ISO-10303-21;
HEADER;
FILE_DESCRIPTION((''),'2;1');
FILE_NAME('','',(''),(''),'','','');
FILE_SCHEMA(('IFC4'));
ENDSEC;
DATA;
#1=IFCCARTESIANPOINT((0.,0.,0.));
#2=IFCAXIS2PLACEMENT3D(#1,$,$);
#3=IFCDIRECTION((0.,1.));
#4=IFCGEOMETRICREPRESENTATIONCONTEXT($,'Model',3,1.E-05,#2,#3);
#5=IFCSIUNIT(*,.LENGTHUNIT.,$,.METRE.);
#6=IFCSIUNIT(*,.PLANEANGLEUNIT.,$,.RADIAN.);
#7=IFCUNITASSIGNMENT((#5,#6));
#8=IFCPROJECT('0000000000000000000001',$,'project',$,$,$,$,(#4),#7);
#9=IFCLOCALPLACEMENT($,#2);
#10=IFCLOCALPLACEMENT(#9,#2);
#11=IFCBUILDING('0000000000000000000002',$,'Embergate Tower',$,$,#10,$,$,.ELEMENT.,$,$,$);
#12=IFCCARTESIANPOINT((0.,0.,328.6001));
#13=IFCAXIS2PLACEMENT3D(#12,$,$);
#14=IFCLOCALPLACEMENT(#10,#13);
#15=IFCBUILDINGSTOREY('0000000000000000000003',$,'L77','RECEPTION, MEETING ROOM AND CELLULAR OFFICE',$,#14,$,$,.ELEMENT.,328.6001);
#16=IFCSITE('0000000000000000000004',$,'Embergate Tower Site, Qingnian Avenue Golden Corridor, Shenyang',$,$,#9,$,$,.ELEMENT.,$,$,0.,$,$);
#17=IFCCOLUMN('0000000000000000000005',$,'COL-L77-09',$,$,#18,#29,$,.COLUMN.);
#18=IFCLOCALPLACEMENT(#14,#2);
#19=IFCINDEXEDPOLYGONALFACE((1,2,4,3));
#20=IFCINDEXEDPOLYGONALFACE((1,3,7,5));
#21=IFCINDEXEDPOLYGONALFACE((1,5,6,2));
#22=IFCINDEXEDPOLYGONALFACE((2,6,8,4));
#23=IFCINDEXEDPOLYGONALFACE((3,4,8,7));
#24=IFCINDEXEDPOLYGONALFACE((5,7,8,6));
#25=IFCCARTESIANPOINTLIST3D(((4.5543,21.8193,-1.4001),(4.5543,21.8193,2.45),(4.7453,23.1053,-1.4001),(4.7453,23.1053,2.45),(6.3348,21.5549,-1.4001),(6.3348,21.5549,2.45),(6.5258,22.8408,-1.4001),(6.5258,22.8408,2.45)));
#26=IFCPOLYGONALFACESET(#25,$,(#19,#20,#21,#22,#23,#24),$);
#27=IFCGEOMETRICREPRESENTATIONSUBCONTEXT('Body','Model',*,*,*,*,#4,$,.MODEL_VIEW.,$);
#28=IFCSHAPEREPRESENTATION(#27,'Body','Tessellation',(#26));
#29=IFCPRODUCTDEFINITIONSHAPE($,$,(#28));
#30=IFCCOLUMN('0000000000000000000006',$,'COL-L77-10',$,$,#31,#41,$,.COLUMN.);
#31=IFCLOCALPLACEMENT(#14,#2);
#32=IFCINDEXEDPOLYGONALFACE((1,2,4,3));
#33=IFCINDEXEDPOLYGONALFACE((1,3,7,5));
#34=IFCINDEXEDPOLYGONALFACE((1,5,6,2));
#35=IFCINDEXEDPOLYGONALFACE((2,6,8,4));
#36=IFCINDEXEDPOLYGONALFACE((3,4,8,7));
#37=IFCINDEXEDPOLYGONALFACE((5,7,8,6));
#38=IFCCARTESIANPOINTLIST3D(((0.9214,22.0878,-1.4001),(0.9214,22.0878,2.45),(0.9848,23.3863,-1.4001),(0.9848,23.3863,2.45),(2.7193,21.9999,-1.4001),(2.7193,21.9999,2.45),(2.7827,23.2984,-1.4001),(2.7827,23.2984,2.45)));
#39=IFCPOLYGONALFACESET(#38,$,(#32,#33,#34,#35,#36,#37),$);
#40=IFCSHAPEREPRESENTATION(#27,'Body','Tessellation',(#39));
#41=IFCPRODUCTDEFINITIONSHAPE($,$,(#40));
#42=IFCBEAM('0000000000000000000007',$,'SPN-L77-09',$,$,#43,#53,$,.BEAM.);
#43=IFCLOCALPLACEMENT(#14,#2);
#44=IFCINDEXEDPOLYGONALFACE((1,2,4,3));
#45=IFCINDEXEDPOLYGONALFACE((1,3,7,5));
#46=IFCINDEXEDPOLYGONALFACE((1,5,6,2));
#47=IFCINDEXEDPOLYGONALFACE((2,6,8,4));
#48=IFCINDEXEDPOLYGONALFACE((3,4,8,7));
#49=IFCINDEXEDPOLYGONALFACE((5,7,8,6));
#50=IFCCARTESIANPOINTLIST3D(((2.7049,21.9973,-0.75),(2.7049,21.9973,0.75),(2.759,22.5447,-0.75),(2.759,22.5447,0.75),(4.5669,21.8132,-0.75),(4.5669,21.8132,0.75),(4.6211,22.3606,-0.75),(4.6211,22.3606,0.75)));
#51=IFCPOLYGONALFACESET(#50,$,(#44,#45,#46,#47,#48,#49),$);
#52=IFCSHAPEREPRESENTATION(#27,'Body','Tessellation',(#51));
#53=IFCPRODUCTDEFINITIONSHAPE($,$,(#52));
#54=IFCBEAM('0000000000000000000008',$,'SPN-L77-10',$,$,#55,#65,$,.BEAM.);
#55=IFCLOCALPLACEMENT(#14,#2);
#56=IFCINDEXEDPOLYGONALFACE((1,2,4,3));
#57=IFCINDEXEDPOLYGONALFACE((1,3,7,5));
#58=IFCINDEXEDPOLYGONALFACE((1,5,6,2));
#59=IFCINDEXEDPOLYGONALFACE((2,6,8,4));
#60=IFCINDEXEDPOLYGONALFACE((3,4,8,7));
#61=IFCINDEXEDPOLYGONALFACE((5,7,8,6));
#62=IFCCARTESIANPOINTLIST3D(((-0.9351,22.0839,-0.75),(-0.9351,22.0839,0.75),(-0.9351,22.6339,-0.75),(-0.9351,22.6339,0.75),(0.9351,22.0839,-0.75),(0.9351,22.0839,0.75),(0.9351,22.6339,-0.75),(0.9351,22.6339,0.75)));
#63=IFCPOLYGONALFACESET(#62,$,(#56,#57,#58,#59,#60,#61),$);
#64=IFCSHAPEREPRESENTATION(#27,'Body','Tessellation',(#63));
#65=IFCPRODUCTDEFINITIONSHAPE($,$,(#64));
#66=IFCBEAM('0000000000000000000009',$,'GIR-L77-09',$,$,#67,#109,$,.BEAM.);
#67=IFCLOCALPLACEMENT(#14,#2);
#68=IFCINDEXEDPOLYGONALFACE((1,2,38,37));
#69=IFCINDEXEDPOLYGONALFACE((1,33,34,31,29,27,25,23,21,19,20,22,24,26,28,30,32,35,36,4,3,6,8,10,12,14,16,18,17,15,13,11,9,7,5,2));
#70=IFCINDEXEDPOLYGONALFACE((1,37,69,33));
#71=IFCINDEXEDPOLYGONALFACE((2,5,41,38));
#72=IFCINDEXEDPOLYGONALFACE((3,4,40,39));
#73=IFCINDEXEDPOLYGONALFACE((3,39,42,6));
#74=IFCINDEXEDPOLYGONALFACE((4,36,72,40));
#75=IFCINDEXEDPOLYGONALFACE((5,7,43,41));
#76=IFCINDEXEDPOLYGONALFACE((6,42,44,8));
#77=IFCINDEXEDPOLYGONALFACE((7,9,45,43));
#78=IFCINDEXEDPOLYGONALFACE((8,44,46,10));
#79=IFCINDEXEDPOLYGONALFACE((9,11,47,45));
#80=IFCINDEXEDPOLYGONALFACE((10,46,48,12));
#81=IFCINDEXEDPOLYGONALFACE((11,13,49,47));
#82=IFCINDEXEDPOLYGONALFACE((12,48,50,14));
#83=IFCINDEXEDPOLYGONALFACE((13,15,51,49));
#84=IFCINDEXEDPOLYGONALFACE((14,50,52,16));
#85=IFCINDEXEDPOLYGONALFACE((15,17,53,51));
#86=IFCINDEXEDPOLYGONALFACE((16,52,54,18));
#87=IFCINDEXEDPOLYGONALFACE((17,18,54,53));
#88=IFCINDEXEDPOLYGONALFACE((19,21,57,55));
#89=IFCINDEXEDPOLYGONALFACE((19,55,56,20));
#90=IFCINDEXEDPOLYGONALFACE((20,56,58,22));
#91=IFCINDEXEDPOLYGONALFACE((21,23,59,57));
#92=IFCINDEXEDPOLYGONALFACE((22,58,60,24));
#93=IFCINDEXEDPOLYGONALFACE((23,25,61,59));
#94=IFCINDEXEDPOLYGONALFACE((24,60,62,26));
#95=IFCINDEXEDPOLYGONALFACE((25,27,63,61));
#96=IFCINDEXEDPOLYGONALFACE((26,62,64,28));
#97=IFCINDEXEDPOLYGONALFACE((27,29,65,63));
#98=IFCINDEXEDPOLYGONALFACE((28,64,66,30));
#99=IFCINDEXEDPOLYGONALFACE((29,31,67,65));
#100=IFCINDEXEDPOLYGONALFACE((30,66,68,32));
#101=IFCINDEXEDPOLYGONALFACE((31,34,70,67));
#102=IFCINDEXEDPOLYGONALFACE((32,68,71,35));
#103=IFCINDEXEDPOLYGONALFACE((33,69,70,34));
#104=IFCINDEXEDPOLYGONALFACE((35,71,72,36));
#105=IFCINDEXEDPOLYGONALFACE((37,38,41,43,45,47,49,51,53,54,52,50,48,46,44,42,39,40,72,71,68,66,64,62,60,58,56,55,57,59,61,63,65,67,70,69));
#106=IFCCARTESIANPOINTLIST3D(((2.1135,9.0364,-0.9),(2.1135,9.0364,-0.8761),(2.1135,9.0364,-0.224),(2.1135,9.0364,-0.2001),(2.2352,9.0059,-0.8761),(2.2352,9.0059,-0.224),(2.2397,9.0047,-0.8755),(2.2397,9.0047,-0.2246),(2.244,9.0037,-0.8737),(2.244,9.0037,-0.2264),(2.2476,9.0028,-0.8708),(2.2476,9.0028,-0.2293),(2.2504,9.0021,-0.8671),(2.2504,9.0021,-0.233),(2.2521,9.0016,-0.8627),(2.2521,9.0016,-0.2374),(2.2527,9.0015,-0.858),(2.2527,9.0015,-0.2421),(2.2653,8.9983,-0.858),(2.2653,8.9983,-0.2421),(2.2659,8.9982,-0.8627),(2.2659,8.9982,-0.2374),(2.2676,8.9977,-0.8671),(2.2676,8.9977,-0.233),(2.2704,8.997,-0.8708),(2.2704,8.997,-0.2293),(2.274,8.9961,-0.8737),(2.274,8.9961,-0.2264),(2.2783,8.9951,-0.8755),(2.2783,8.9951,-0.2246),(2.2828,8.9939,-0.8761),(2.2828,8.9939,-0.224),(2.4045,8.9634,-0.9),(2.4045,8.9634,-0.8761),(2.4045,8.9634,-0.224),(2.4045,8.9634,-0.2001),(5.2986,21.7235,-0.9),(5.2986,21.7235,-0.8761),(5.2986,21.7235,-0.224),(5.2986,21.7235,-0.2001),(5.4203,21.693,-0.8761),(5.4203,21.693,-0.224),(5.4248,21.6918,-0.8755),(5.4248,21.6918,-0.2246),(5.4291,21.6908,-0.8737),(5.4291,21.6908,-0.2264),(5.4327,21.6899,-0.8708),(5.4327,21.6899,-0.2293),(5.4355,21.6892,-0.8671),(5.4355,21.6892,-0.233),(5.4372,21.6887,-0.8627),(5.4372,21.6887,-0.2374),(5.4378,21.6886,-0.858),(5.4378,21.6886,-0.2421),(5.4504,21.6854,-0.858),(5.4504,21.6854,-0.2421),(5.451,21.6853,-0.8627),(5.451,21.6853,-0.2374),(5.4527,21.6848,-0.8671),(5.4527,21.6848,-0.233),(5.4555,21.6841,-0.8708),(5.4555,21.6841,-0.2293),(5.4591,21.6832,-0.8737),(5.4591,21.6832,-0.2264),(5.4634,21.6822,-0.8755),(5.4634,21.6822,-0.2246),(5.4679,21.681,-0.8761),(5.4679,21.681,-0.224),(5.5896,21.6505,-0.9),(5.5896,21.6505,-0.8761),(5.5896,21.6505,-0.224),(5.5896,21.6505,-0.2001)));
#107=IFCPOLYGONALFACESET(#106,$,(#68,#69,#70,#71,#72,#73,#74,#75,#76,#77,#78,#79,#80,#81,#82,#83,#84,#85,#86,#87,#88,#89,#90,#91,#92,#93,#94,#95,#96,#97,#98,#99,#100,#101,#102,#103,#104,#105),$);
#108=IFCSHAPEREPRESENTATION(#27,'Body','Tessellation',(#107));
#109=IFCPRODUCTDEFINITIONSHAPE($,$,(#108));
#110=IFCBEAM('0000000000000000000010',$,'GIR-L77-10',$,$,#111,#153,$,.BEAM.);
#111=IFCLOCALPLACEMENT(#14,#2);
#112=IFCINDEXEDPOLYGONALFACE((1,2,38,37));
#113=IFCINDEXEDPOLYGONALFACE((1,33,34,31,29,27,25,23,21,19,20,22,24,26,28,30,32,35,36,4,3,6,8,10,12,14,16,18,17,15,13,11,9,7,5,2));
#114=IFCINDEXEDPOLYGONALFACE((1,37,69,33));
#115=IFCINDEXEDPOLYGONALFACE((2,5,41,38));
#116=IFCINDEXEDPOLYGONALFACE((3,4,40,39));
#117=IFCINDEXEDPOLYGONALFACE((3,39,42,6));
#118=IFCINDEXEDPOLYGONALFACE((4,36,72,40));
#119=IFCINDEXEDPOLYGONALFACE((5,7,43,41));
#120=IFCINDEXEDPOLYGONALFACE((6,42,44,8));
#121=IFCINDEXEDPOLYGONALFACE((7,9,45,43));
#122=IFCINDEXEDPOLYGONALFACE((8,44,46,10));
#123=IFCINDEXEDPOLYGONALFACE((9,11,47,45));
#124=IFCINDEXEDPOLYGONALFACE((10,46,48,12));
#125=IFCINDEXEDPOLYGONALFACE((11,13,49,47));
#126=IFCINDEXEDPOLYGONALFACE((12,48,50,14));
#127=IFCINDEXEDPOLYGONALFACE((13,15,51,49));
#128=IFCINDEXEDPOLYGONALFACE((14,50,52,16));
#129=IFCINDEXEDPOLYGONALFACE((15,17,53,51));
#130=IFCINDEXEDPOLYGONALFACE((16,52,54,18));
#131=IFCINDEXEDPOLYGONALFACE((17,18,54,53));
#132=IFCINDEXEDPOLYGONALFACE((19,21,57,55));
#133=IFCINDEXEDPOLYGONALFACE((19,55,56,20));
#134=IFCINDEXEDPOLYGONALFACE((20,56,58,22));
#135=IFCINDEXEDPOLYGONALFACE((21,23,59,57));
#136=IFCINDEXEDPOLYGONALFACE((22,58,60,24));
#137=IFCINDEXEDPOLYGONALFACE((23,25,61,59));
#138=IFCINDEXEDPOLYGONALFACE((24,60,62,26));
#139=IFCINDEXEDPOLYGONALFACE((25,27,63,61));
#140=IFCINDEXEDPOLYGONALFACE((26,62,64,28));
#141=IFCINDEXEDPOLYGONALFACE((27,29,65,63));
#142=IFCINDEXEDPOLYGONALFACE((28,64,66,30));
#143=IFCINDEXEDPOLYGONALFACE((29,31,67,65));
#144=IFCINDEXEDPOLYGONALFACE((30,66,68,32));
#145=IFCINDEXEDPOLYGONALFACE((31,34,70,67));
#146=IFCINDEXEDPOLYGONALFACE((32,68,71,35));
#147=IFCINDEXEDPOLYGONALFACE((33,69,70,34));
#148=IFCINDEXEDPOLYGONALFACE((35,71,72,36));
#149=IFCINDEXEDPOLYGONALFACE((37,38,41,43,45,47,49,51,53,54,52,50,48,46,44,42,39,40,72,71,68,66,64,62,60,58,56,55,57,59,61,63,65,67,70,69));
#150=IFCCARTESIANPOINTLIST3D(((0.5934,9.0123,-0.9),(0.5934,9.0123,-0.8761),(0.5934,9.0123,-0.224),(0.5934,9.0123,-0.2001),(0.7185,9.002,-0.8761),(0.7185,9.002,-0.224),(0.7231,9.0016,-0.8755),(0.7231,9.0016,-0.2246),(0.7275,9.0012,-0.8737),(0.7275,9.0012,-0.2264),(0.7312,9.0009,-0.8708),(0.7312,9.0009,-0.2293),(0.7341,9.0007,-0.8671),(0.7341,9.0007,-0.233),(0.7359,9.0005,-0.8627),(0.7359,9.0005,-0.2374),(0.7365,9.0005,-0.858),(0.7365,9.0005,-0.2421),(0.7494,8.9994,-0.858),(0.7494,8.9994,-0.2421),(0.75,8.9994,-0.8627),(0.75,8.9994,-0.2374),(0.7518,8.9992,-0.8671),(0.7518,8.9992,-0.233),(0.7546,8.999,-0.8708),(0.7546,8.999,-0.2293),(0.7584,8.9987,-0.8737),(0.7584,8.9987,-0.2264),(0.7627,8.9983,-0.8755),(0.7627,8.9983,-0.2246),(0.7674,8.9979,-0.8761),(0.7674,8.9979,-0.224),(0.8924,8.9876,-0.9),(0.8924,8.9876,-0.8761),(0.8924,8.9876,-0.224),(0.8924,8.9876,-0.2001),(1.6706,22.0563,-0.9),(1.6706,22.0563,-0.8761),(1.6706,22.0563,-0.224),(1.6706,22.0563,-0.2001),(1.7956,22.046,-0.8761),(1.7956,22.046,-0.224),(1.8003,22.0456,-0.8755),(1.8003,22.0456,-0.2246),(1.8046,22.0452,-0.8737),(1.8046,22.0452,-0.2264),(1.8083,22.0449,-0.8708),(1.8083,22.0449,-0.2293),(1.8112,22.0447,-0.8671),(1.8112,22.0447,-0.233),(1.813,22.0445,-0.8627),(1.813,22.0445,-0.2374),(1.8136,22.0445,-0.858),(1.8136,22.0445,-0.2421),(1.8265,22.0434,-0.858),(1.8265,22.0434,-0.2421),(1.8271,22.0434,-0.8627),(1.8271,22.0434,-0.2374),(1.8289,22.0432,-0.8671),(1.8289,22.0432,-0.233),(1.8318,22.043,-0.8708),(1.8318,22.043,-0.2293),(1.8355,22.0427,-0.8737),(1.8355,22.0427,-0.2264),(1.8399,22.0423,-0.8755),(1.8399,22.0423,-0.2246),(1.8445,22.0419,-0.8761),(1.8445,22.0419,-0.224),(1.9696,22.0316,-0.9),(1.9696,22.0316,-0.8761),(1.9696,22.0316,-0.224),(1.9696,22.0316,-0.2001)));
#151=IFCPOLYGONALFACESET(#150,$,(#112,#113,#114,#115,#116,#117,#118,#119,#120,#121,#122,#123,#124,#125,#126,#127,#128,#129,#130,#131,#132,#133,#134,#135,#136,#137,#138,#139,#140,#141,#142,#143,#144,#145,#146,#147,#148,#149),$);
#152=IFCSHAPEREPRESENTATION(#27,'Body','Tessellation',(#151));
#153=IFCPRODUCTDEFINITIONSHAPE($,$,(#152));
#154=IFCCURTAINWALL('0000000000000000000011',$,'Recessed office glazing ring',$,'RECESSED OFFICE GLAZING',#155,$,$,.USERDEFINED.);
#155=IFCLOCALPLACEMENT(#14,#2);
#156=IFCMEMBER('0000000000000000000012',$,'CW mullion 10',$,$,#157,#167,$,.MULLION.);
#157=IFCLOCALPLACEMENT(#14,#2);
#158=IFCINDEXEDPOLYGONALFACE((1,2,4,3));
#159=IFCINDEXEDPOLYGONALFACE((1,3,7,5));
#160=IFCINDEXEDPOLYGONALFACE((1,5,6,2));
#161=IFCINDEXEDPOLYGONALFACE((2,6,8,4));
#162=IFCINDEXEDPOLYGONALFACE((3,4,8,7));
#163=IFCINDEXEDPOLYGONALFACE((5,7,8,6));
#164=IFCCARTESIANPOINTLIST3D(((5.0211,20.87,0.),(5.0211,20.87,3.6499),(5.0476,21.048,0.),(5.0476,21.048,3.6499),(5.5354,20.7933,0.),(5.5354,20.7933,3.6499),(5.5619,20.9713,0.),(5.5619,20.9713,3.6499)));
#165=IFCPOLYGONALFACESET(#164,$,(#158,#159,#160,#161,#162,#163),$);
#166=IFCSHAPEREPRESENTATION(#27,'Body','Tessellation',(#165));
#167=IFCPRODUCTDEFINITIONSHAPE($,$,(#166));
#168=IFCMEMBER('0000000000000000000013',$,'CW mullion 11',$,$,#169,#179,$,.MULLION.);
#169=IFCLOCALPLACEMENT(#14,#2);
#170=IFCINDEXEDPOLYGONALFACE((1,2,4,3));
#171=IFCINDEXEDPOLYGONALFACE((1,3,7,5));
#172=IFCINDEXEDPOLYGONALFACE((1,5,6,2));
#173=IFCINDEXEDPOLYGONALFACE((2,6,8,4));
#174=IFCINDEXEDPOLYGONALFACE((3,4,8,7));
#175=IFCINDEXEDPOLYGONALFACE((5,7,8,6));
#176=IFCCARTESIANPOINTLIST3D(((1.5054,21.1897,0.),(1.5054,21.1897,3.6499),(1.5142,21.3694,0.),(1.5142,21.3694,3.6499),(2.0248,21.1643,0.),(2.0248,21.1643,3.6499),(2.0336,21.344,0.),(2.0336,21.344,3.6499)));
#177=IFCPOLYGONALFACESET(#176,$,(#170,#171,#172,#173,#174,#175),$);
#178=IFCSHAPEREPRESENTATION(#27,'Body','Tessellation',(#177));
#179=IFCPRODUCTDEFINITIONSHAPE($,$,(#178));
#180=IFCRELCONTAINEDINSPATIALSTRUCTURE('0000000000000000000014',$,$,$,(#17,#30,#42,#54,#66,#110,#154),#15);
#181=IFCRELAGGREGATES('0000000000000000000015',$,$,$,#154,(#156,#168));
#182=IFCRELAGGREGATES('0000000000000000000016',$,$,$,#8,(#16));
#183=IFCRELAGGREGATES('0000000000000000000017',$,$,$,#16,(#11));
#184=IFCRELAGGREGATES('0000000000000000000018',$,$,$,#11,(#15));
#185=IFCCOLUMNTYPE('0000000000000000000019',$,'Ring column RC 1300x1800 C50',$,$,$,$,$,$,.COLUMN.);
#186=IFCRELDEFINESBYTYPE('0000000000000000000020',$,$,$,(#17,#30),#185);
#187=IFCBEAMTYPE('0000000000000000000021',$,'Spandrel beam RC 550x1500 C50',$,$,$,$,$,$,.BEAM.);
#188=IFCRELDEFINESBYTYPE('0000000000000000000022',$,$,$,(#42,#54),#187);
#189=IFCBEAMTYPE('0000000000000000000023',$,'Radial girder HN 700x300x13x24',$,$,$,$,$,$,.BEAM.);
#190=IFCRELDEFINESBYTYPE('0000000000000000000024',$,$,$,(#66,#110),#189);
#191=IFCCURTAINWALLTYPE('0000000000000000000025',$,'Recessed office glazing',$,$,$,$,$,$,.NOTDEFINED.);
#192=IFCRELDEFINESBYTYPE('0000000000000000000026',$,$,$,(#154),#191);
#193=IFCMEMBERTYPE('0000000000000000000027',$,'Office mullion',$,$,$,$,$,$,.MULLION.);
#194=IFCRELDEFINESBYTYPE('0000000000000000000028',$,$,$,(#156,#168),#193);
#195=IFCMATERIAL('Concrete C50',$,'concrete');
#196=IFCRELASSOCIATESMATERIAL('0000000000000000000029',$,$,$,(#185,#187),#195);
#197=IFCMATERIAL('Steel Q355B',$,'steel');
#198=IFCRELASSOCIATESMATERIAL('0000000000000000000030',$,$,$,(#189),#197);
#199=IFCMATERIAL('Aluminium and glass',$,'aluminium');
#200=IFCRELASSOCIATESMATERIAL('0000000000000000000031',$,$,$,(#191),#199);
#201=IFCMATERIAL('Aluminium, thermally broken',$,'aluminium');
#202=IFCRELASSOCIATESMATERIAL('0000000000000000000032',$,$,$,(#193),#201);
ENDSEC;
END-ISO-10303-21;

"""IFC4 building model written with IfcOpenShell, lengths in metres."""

from ifc_helpers import new_model, si_unit, direction, frame, origin, origin_2d, place, context, subcontext, project, spatial, rectangle, i_section, extrude, source, transform, mapped, material, material_profile, profile_set, type_object, element, aggregate, save


model = new_model("IFC4")

# Units and contexts
model_context = context("Model", 3, precision=1e-05, world=origin(), true_north=direction((0.0, 1.0)))
body_context = subcontext(model_context, "Body", "Model", "MODEL_VIEW")
ifc_project = project(units=[si_unit("LENGTHUNIT", "METRE"), si_unit("PLANEANGLEUNIT", "RADIAN")], contexts=[model_context])

# Site, building, storey
site_placement = place(None, origin())
site = spatial("IfcSite", under=ifc_project, at=site_placement, Name="Embergate Tower Site, Qingnian Avenue Golden Corridor, Shenyang", CompositionType="ELEMENT", RefElevation=0.0)
building_placement = place(site_placement, origin())
building = spatial("IfcBuilding", under=site, at=building_placement, Name="Embergate Tower", CompositionType="ELEMENT")
storey_placement = place(building_placement, frame((0.0, 0.0, 328.6001)))
storey = spatial("IfcBuildingStorey", under=building, at=storey_placement, Name="L77", Description="RECEPTION, MEETING ROOM AND CELLULAR OFFICE", CompositionType="ELEMENT", Elevation=328.6001)

# Columns
ifc_material_1 = material(Name="Concrete C50", Category="concrete")
ifc_material_profile_1 = material_profile(ifc_material_1, rectangle(XDim=1.3, YDim=1.8, at=origin_2d()), Name="RC 1300x1800")
ifc_profile_set_1 = profile_set([ifc_material_profile_1], Name="Concrete C50")
column_type = type_object("IfcColumnType", Name="Ring column RC 1300x1800 C50", PredefinedType="COLUMN", material=ifc_profile_set_1)
shared_shape_1 = source(origin(), body_context, "Body", "SweptSolid", [
    extrude(rectangle(XDim=1.3, YDim=1.8, at=origin_2d()), origin(), (0.0, 0.0, 1.0), 3.8501),
])
for number, where, z_axis, x_axis, name in (
    (1, (5.54, 22.3301, -1.4001), (0.0, 0.0, 1.0), (0.146929, 0.989147, 0.0), "COL-L77-09"),
    (2, (1.8521, 22.6931, -1.4001), (0.0, 0.0, 1.0), (0.048815, 0.998808, 0.0), "COL-L77-10"),
):
    element("IfcColumn", number, at=place(storey_placement, frame(where, z_axis=z_axis, x_axis=x_axis)), inside=storey, type_object=column_type, Name=name, PredefinedType="COLUMN", context=body_context, shape_type="MappedRepresentation", body=[
        mapped(shared_shape_1, transform((0.0, 0.0, 0.0))),
    ])

# Beams
ifc_material_profile_2 = material_profile(ifc_material_1, rectangle(XDim=0.55, YDim=1.5, at=origin_2d()), Name="RC 550x1500")
ifc_profile_set_2 = profile_set([ifc_material_profile_2], Name="Concrete C50")
beam_type_1 = type_object("IfcBeamType", Name="Spandrel beam RC 550x1500 C50", PredefinedType="BEAM", material=ifc_profile_set_2)
shared_shape_2 = source(origin(), body_context, "Body", "SweptSolid", [
    extrude(rectangle(XDim=0.55, YDim=1.5, at=origin_2d()), origin(), (0.0, 0.0, 1.0), 1.8711),
])
beam_1_placement = place(storey_placement, frame((4.594, 22.0869, 0.0), z_axis=(-0.995149, 0.09838, 0.0), x_axis=(-0.09838, -0.995149, 0.0)))
element("IfcBeam", 3, at=beam_1_placement, inside=storey, type_object=beam_type_1, Name="SPN-L77-09", PredefinedType="BEAM", context=body_context, shape_type="MappedRepresentation", body=[
    mapped(shared_shape_2, transform((0.0, 0.0, 0.0))),
])
shared_shape_3 = source(origin(), body_context, "Body", "SweptSolid", [
    extrude(rectangle(XDim=0.55, YDim=1.5, at=origin_2d()), origin(), (0.0, 0.0, 1.0), 1.8701),
])
beam_2_placement = place(storey_placement, frame((0.9351, 22.3589, 0.0), z_axis=(-1.0, 0.0, 0.0), x_axis=(0.0, -1.0, 0.0)))
element("IfcBeam", 4, at=beam_2_placement, inside=storey, type_object=beam_type_1, Name="SPN-L77-10", PredefinedType="BEAM", context=body_context, shape_type="MappedRepresentation", body=[
    mapped(shared_shape_3, transform((0.0, 0.0, 0.0))),
])
ifc_material_2 = material(Name="Steel Q355B", Category="steel")
ifc_material_profile_3 = material_profile(ifc_material_2, i_section(OverallWidth=0.3, OverallDepth=0.7, WebThickness=0.0129, FlangeThickness=0.0239, FilletRadius=0.0181, at=origin_2d()), Name="HN 700x300x13x24")
ifc_profile_set_3 = profile_set([ifc_material_profile_3], Name="Steel Q355 grade B")
beam_type_2 = type_object("IfcBeamType", Name="Radial girder HN 700x300x13x24", PredefinedType="BEAM", material=ifc_profile_set_3)
shared_shape_4 = source(origin(), body_context, "Body", "SweptSolid", [
    extrude(i_section(OverallWidth=0.3, OverallDepth=0.7, WebThickness=0.0129, FlangeThickness=0.0239, FilletRadius=0.0181, at=origin_2d()), origin(), (0.0, 0.0, 1.0), 13.0808),
])
beam_3_placement = place(storey_placement, frame((5.4441, 21.687, -0.55), z_axis=(-0.243493, -0.969903, 0.0), x_axis=(0.969903, -0.243493, 0.0)))
element("IfcBeam", 5, at=beam_3_placement, inside=storey, type_object=beam_type_2, Name="GIR-L77-09", PredefinedType="BEAM", context=body_context, shape_type="MappedRepresentation", body=[
    mapped(shared_shape_4, transform((0.0, 0.0, 0.0))),
])
shared_shape_5 = source(origin(), body_context, "Body", "SweptSolid", [
    extrude(i_section(OverallWidth=0.3, OverallDepth=0.7, WebThickness=0.0129, FlangeThickness=0.0239, FilletRadius=0.0181, at=origin_2d()), origin(), (0.0, 0.0, 1.0), 13.0884),
])
beam_4_placement = place(storey_placement, frame((1.8201, 22.0439, -0.55), z_axis=(-0.082298, -0.996608, 0.0), x_axis=(0.996608, -0.082298, 0.0)))
element("IfcBeam", 6, at=beam_4_placement, inside=storey, type_object=beam_type_2, Name="GIR-L77-10", PredefinedType="BEAM", context=body_context, shape_type="MappedRepresentation", body=[
    mapped(shared_shape_5, transform((0.0, 0.0, 0.0))),
])

# Curtain wall, members
ifc_material_3 = material(Name="Aluminium and glass", Category="aluminium")
curtain_wall_type = type_object("IfcCurtainWallType", Name="Recessed office glazing", PredefinedType="NOTDEFINED", material=ifc_material_3)
curtain_wall_placement = place(storey_placement, origin())
curtain_wall = element("IfcCurtainWall", 7, at=curtain_wall_placement, inside=storey, type_object=curtain_wall_type, Name="Recessed office glazing ring", ObjectType="RECESSED OFFICE GLAZING", PredefinedType="USERDEFINED")
ifc_material_4 = material(Name="Aluminium, thermally broken", Category="aluminium")
ifc_material_profile_4 = material_profile(ifc_material_4, rectangle(XDim=0.1799, YDim=0.52, at=origin_2d()), Name="AL 520x180")
ifc_profile_set_4 = profile_set([ifc_material_profile_4], Name="Aluminium, thermally broken")
member_type_1 = type_object("IfcMemberType", Name="Office mullion", PredefinedType="MULLION", material=ifc_profile_set_4)
shared_shape_6 = source(origin(), body_context, "Body", "SweptSolid", [
    extrude(rectangle(XDim=0.1799, YDim=0.52, at=origin_2d()), origin(), (0.0, 0.0, 1.0), 3.6499),
])
member_1_placement = place(storey_placement, frame((5.2915, 20.9207, 0.0), z_axis=(0.0, 0.0, 1.0), x_axis=(-0.147409, -0.989076, 0.0)))
member_1 = element("IfcMember", 8, at=member_1_placement, type_object=member_type_1, Name="CW mullion 10", PredefinedType="MULLION", context=body_context, shape_type="MappedRepresentation", body=[
    mapped(shared_shape_6, transform((0.0, 0.0, 0.0))),
])
member_2_placement = place(storey_placement, frame((1.7695, 21.2668, 0.0), z_axis=(0.0, 0.0, 1.0), x_axis=(-0.04897, -0.9988, 0.0)))
member_2 = element("IfcMember", 9, at=member_2_placement, type_object=member_type_1, Name="CW mullion 11", PredefinedType="MULLION", context=body_context, shape_type="MappedRepresentation", body=[
    mapped(shared_shape_6, transform((0.0, 0.0, 0.0))),
])
aggregate(curtain_wall, [member_1, member_2])

save(model, "model.ifc")
